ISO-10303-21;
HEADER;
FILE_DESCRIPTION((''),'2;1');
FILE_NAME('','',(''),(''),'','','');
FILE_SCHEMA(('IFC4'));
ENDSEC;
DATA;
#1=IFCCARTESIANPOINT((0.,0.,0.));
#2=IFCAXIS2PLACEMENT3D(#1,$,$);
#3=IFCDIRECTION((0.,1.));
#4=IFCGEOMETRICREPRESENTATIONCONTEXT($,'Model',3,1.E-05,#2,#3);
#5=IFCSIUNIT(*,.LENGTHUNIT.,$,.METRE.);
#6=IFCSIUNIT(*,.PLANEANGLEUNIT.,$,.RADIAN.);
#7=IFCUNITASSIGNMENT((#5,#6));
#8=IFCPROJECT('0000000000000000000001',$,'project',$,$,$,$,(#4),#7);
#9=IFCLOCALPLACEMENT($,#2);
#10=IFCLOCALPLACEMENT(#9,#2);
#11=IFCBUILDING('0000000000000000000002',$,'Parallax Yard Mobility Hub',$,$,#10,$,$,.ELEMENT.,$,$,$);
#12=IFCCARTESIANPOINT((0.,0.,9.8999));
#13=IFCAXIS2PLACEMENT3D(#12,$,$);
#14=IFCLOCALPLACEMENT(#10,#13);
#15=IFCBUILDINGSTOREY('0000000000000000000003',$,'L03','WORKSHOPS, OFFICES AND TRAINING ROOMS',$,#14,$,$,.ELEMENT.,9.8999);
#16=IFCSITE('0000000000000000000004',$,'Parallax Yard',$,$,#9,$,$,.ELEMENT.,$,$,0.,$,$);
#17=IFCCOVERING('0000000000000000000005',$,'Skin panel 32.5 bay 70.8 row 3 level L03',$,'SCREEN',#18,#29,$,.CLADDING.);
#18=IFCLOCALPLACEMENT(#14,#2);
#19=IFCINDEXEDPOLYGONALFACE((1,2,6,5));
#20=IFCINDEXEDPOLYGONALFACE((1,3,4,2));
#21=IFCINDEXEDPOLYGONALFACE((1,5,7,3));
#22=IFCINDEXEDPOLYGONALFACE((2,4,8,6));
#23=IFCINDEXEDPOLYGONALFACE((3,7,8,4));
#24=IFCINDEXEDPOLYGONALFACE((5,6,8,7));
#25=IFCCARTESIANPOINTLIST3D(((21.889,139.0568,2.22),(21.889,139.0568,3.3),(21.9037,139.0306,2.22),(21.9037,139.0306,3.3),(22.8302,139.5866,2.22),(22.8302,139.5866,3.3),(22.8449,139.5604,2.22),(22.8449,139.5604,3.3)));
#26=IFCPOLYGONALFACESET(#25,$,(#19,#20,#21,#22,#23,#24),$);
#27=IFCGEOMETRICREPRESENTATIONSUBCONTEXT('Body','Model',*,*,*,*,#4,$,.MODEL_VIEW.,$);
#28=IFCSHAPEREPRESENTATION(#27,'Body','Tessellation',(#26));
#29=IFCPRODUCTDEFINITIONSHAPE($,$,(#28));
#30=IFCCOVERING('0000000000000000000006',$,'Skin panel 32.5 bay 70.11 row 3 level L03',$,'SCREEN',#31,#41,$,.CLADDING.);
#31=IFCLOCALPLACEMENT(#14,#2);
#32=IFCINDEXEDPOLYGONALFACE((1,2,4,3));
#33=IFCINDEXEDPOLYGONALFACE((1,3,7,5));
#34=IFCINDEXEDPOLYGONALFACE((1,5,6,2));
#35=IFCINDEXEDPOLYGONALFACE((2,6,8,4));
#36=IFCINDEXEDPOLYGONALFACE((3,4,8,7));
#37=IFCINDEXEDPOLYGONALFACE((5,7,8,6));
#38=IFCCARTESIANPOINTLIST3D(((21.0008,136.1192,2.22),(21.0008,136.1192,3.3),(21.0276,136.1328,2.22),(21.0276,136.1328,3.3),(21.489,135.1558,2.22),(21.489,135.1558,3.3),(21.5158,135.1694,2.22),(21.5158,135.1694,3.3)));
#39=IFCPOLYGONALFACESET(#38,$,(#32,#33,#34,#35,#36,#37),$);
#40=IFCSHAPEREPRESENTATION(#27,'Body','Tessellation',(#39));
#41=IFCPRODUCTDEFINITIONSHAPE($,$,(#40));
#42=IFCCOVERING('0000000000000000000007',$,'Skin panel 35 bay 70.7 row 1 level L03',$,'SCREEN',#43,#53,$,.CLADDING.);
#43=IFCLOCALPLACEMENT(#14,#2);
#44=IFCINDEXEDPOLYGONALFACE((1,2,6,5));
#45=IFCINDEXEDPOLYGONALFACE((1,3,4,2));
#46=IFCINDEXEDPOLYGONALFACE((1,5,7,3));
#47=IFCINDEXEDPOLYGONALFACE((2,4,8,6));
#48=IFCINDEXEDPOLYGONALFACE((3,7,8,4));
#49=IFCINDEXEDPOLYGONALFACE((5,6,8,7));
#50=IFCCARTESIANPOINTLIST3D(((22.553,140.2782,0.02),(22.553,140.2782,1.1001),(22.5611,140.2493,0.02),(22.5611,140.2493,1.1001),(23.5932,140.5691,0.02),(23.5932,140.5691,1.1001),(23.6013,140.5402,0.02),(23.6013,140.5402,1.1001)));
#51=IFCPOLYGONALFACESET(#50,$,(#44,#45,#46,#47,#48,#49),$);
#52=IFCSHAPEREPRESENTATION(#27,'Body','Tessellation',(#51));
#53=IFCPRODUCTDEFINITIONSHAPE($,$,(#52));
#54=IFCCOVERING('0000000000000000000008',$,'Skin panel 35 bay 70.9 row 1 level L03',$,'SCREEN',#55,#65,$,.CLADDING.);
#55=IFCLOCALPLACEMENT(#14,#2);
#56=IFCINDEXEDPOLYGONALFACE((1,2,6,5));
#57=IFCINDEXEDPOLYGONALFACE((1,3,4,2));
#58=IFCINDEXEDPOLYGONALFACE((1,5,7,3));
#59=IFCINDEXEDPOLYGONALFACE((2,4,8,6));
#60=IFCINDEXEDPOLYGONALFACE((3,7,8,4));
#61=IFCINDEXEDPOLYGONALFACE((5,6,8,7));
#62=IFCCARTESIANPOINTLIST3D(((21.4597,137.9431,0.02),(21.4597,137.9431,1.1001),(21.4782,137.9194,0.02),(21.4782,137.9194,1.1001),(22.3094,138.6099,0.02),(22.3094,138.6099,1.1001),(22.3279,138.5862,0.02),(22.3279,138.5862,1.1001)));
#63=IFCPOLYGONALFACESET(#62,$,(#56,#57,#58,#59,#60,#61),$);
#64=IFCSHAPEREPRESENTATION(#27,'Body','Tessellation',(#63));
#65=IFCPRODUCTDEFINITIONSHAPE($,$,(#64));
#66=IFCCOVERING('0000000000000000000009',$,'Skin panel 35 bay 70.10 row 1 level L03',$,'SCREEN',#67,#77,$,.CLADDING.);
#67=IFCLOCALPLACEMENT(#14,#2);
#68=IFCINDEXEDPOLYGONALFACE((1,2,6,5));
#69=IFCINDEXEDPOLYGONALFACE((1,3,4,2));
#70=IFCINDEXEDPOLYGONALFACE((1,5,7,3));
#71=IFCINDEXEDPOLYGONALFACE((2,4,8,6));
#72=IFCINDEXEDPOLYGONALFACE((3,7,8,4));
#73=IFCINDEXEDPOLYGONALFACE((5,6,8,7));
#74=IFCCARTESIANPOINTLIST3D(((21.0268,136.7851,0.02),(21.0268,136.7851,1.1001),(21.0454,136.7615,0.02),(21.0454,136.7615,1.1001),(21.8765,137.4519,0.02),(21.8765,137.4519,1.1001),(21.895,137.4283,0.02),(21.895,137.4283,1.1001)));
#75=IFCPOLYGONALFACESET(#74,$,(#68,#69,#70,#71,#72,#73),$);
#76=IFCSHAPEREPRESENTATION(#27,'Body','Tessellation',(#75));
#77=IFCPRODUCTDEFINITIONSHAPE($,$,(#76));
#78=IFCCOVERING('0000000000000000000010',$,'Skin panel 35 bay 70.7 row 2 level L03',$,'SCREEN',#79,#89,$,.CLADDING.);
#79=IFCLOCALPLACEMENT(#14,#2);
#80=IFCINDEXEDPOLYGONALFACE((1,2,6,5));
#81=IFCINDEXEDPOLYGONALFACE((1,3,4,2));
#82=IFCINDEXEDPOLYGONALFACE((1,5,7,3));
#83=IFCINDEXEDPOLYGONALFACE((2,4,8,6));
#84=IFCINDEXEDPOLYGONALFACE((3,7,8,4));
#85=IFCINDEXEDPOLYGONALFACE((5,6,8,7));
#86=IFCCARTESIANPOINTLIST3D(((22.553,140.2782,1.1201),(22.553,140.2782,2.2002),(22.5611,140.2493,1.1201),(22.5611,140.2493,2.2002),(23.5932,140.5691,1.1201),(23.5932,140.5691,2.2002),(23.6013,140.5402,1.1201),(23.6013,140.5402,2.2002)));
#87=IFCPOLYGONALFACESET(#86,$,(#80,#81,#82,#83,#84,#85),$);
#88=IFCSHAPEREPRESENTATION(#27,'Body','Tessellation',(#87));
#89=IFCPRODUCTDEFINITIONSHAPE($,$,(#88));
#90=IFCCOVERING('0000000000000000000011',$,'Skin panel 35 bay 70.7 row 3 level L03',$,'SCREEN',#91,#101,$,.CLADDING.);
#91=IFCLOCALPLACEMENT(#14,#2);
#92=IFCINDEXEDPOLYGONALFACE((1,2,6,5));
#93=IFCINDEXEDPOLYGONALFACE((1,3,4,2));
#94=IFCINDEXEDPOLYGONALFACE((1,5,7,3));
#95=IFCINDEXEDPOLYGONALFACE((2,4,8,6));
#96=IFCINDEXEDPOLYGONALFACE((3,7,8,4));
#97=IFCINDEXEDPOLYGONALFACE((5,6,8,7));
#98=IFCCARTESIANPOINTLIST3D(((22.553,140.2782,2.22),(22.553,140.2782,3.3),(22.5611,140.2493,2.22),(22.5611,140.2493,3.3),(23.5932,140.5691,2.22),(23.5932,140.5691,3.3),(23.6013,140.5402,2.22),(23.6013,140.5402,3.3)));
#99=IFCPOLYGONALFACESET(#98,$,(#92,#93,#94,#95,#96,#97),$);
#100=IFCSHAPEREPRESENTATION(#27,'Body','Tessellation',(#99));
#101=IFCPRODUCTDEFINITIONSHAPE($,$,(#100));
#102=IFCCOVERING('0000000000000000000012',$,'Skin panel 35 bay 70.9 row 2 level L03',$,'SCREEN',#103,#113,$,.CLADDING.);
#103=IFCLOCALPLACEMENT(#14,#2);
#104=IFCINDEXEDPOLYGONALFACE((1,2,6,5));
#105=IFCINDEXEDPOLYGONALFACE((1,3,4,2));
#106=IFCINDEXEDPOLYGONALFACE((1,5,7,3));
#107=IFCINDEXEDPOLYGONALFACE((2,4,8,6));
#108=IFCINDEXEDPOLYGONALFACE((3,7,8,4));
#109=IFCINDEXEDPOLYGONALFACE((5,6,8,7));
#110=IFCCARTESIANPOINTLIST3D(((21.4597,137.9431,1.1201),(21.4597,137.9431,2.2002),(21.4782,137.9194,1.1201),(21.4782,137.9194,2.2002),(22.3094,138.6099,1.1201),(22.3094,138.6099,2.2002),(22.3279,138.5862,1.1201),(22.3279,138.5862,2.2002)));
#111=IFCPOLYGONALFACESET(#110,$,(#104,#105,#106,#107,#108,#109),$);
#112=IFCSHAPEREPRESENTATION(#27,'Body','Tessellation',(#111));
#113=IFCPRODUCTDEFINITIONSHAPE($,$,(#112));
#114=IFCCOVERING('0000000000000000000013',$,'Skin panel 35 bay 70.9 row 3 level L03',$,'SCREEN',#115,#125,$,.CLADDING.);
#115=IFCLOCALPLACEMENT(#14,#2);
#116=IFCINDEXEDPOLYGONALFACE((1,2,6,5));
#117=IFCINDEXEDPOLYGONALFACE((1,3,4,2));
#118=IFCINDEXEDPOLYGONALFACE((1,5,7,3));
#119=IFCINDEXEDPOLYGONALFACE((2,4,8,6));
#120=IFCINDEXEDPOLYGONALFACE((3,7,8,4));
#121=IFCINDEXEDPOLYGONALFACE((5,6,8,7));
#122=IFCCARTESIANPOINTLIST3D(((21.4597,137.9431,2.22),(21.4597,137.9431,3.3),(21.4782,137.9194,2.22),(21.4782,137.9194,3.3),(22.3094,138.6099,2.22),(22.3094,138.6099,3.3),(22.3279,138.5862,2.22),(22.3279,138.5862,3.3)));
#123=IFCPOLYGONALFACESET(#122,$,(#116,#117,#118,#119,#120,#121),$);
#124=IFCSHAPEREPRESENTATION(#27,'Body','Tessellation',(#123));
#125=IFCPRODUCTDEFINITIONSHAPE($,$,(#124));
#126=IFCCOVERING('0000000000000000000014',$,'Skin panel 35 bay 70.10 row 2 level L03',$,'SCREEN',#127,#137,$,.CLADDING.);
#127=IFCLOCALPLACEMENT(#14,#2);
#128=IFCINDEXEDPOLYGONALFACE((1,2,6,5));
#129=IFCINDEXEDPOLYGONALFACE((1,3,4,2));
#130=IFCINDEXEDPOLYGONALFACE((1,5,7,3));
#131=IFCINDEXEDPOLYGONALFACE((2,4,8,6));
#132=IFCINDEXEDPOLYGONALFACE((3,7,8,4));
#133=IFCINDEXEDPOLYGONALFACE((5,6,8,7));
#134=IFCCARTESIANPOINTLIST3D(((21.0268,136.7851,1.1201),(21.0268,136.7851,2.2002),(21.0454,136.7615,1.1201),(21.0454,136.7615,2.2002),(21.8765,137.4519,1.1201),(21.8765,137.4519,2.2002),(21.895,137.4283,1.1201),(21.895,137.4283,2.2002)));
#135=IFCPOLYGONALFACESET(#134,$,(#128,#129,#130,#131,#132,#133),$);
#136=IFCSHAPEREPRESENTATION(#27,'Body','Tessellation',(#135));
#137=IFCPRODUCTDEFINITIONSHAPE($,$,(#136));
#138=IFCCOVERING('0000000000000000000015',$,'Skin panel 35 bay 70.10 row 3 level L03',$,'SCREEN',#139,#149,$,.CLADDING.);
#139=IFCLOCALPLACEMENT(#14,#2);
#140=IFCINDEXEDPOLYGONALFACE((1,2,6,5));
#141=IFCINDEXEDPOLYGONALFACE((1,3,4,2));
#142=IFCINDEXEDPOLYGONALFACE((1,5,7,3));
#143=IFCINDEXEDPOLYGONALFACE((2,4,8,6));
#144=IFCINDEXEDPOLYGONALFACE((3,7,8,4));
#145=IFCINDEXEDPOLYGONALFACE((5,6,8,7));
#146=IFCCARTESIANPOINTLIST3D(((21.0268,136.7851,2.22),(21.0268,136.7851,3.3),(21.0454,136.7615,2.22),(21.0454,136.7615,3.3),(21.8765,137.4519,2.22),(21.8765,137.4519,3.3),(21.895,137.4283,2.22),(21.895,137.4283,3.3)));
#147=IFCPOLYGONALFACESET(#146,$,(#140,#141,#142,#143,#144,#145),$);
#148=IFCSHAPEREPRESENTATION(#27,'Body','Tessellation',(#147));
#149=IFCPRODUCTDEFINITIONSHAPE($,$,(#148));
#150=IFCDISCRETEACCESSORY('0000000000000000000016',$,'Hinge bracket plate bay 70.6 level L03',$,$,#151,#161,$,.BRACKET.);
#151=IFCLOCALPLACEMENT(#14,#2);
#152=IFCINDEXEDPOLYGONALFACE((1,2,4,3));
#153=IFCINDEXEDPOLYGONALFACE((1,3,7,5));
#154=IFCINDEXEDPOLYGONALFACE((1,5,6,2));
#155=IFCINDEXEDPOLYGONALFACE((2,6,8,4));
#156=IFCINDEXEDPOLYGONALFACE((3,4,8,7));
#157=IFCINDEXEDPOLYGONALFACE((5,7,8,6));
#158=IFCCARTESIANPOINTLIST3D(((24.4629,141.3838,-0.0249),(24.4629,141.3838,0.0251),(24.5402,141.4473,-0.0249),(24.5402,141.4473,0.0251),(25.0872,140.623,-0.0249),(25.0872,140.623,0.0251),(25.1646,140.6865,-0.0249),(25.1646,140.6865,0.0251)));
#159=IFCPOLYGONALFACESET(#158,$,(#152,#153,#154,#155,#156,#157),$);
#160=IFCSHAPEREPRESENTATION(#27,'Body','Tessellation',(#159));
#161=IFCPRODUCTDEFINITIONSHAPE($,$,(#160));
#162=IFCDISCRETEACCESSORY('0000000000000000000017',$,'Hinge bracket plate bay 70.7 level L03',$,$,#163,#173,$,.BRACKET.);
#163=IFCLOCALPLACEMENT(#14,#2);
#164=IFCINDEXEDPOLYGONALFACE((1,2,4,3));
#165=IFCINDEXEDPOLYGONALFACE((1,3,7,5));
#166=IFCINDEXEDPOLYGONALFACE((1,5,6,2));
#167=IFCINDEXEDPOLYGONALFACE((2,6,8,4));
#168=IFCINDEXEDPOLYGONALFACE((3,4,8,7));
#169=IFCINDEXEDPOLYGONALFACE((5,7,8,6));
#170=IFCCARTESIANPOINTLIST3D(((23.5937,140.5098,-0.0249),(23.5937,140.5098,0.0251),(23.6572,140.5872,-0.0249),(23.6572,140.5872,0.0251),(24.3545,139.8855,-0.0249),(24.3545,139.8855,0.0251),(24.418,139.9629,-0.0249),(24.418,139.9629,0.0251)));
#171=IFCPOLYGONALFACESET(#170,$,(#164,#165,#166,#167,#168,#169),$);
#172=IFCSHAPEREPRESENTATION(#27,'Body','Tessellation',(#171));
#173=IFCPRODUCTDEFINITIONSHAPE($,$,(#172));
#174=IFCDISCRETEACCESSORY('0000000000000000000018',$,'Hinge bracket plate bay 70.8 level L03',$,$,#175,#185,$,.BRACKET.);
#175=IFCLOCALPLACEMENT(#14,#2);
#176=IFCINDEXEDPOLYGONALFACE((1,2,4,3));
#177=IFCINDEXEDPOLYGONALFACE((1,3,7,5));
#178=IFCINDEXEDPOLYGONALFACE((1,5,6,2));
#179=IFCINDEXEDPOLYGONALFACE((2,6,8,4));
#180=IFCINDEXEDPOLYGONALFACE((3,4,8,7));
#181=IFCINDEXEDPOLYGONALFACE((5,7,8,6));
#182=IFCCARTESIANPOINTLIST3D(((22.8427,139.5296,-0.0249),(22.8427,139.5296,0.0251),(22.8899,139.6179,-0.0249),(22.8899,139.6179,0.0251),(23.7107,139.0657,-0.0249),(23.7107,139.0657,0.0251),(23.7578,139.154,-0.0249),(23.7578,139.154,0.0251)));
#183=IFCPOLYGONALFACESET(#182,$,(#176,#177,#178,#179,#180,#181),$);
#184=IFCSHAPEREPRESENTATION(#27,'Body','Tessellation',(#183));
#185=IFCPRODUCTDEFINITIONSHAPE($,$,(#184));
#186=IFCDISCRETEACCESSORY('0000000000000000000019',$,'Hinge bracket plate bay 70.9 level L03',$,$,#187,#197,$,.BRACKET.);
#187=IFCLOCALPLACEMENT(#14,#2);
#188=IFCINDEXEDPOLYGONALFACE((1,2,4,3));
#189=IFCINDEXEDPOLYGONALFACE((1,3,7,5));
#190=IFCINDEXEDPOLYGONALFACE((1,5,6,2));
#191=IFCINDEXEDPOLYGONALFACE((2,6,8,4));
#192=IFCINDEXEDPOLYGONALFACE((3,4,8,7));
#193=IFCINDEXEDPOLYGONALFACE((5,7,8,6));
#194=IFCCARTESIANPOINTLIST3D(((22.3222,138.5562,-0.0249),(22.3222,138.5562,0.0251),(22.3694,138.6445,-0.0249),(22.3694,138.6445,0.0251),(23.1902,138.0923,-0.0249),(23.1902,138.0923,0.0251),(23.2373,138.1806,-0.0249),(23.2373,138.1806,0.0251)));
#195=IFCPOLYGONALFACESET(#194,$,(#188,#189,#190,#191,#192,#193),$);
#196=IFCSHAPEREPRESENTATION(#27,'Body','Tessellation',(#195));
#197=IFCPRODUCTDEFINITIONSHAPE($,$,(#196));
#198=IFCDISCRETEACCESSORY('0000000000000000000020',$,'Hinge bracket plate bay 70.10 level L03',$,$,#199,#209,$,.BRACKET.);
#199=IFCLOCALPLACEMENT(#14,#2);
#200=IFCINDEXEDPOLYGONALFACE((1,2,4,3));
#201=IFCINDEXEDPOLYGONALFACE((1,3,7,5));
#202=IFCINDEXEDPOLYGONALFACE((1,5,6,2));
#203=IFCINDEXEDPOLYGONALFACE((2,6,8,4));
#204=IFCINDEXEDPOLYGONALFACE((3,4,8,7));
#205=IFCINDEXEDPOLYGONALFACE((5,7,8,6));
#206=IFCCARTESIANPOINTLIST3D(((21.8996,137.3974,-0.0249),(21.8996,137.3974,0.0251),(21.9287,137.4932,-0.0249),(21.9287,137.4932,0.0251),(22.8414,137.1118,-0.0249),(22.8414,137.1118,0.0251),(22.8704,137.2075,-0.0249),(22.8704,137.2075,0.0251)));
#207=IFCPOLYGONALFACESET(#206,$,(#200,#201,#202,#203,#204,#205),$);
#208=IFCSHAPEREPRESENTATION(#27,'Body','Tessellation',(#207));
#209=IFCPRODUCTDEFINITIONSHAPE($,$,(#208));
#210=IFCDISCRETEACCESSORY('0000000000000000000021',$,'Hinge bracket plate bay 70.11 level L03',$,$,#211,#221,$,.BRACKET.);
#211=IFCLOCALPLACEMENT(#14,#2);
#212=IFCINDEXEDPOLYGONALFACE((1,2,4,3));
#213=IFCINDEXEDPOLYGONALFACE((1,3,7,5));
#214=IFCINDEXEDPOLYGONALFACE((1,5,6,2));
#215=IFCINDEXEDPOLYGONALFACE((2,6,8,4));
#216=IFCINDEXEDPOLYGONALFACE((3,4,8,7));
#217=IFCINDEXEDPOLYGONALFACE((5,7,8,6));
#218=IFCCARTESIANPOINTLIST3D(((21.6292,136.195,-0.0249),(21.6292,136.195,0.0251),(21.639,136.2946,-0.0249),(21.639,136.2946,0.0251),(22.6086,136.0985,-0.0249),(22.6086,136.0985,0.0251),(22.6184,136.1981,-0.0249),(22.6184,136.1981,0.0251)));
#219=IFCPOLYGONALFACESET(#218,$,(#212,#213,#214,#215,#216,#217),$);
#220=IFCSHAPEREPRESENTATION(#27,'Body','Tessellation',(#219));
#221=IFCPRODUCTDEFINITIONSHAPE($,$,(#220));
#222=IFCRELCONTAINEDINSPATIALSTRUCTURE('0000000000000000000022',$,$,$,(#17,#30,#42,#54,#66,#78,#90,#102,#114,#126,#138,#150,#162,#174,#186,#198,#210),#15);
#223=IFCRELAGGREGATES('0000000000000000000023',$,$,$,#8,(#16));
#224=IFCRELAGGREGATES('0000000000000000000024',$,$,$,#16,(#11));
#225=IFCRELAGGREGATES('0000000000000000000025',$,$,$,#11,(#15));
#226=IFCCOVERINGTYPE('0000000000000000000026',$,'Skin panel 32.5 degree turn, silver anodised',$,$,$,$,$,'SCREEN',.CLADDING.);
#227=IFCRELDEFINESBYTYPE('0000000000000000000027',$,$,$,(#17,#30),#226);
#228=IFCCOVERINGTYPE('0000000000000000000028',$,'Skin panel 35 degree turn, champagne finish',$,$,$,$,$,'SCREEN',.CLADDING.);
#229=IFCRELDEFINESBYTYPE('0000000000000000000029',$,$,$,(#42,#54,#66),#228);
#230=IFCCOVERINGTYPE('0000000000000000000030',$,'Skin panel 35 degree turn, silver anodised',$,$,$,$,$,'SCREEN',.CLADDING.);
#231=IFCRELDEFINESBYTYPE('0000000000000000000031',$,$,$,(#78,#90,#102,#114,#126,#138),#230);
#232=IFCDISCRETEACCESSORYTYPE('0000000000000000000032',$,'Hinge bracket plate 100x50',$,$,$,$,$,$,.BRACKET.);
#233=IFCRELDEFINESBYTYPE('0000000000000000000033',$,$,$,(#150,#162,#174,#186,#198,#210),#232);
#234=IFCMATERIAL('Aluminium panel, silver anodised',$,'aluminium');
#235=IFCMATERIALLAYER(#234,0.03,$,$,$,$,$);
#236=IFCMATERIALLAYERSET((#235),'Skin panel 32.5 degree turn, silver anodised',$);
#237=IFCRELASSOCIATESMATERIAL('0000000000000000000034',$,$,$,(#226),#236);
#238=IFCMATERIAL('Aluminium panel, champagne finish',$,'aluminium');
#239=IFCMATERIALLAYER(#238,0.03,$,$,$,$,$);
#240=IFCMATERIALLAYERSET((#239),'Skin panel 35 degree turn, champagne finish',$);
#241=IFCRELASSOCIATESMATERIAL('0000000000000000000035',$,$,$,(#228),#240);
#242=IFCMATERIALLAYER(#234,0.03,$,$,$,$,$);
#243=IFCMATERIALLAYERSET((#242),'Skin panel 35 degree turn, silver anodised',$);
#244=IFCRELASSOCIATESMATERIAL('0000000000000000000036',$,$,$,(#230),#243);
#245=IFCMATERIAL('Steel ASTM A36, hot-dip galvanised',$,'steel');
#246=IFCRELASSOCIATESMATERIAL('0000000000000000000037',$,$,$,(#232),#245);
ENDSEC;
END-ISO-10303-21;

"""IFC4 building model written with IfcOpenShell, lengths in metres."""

from ifc_helpers import new_model, si_unit, direction, frame, origin, origin_2d, place, context, subcontext, project, spatial, rectangle, extrude, material, layer, layer_set, type_object, element, save


model = new_model("IFC4")

# Units and contexts
model_context = context("Model", 3, precision=1e-05, world=origin(), true_north=direction((0.0, 1.0)))
body_context = subcontext(model_context, "Body", "Model", "MODEL_VIEW")
ifc_project = project(units=[si_unit("LENGTHUNIT", "METRE"), si_unit("PLANEANGLEUNIT", "RADIAN")], contexts=[model_context])

# Site, building, storey
site_placement = place(None, origin())
site = spatial("IfcSite", under=ifc_project, at=site_placement, Name="Parallax Yard", CompositionType="ELEMENT", RefElevation=0.0)
building_placement = place(site_placement, origin())
building = spatial("IfcBuilding", under=site, at=building_placement, Name="Parallax Yard Mobility Hub", CompositionType="ELEMENT")
storey_placement = place(building_placement, frame((0.0, 0.0, 9.8999)))
storey = spatial("IfcBuildingStorey", under=building, at=storey_placement, Name="L03", Description="WORKSHOPS, OFFICES AND TRAINING ROOMS", CompositionType="ELEMENT", Elevation=9.8999)

# Coverings
ifc_material_1 = material(Name="Aluminium panel, champagne finish", Category="aluminium")
ifc_material_2 = material(Name="Aluminium panel, silver anodised", Category="aluminium")
ifc_layer_1 = layer(ifc_material_2, 0.03)
ifc_layer_set_1 = layer_set([ifc_layer_1], Name="Skin panel 32.5 degree turn, silver anodised")
covering_type_1 = type_object("IfcCoveringType", Name="Skin panel 32.5 degree turn, silver anodised", ElementType="SCREEN", PredefinedType="CLADDING", material=ifc_layer_set_1)
for number, where, z_axis, x_axis, name in (
    (1, (22.3669, 139.3086, 2.22), (0.0, 0.0, 1.0), (-0.871428, -0.490524, 0.0), "Skin panel 32.5 bay 70.8 row 3 level L03"),
    (2, (21.2583, 135.6443, 2.22), (0.0, 0.0, 1.0), (-0.452046, 0.891995, 0.0), "Skin panel 32.5 bay 70.11 row 3 level L03"),
):
    element("IfcCovering", number, at=place(storey_placement, frame(where, z_axis=z_axis, x_axis=x_axis)), inside=storey, type_object=covering_type_1, Name=name, ObjectType="SCREEN", PredefinedType="CLADDING", context=body_context, shape_type="SweptSolid", body=[
        extrude(rectangle(XDim=1.0801, YDim=0.03, at=origin_2d()), origin(), (0.0, 0.0, 1.0), 1.0801),
    ])
ifc_layer_2 = layer(ifc_material_1, 0.03)
ifc_layer_set_2 = layer_set([ifc_layer_2], Name="Skin panel 35 degree turn, champagne finish")
covering_type_2 = type_object("IfcCoveringType", Name="Skin panel 35 degree turn, champagne finish", ElementType="SCREEN", PredefinedType="CLADDING", material=ifc_layer_set_2)
for number, where, z_axis, x_axis, name in (
    (3, (23.0771, 140.4092, 0.02), (0.0, 0.0, 1.0), (-0.963045, -0.26934, 0.0), "Skin panel 35 bay 70.7 row 1 level L03"),
    (4, (21.8938, 138.2646, 0.02), (0.0, 0.0, 1.0), (-0.786666, -0.617379, 0.0), "Skin panel 35 bay 70.9 row 1 level L03"),
    (5, (21.4609, 137.1067, 0.02), (0.0, 0.0, 1.0), (-0.786666, -0.617379, 0.0), "Skin panel 35 bay 70.10 row 1 level L03"),
):
    element("IfcCovering", number, at=place(storey_placement, frame(where, z_axis=z_axis, x_axis=x_axis)), inside=storey, type_object=covering_type_2, Name=name, ObjectType="SCREEN", PredefinedType="CLADDING", context=body_context, shape_type="SweptSolid", body=[
        extrude(rectangle(XDim=1.0801, YDim=0.03, at=origin_2d()), origin(), (0.0, 0.0, 1.0), 1.0801),
    ])
ifc_layer_3 = layer(ifc_material_2, 0.03)
ifc_layer_set_3 = layer_set([ifc_layer_3], Name="Skin panel 35 degree turn, silver anodised")
covering_type_3 = type_object("IfcCoveringType", Name="Skin panel 35 degree turn, silver anodised", ElementType="SCREEN", PredefinedType="CLADDING", material=ifc_layer_set_3)
for number, where, z_axis, x_axis, name in (
    (6, (23.0771, 140.4092, 1.1201), (0.0, 0.0, 1.0), (-0.963045, -0.26934, 0.0), "Skin panel 35 bay 70.7 row 2 level L03"),
    (7, (23.0771, 140.4092, 2.22), (0.0, 0.0, 1.0), (-0.963045, -0.26934, 0.0), "Skin panel 35 bay 70.7 row 3 level L03"),
    (8, (21.8938, 138.2646, 1.1201), (0.0, 0.0, 1.0), (-0.786666, -0.617379, 0.0), "Skin panel 35 bay 70.9 row 2 level L03"),
    (9, (21.8938, 138.2646, 2.22), (0.0, 0.0, 1.0), (-0.786666, -0.617379, 0.0), "Skin panel 35 bay 70.9 row 3 level L03"),
    (10, (21.4609, 137.1067, 1.1201), (0.0, 0.0, 1.0), (-0.786666, -0.617379, 0.0), "Skin panel 35 bay 70.10 row 2 level L03"),
    (11, (21.4609, 137.1067, 2.22), (0.0, 0.0, 1.0), (-0.786666, -0.617379, 0.0), "Skin panel 35 bay 70.10 row 3 level L03"),
):
    element("IfcCovering", number, at=place(storey_placement, frame(where, z_axis=z_axis, x_axis=x_axis)), inside=storey, type_object=covering_type_3, Name=name, ObjectType="SCREEN", PredefinedType="CLADDING", context=body_context, shape_type="SweptSolid", body=[
        extrude(rectangle(XDim=1.0801, YDim=0.03, at=origin_2d()), origin(), (0.0, 0.0, 1.0), 1.0801),
    ])

# Discrete accessories
ifc_material_3 = material(Name="Steel ASTM A36, hot-dip galvanised", Category="steel")
discrete_accessory_type_1 = type_object("IfcDiscreteAccessoryType", Name="Hinge bracket plate 100x50", PredefinedType="BRACKET", material=ifc_material_3)
for number, where, z_axis, x_axis, name in (
    (12, (24.8137, 141.0352, -0.0249), (0.0, 0.0, 1.0), (-0.634393, 0.77301, 0.0), "Hinge bracket plate bay 70.6 level L03"),
    (13, (24.0059, 140.2363, -0.0249), (0.0, 0.0, 1.0), (-0.77301, 0.634393, 0.0), "Hinge bracket plate bay 70.7 level L03"),
    (14, (23.3003, 139.3418, -0.0249), (0.0, 0.0, 1.0), (-0.881921, 0.471397, 0.0), "Hinge bracket plate bay 70.8 level L03"),
    (15, (22.7798, 138.3684, -0.0249), (0.0, 0.0, 1.0), (-0.881921, 0.471397, 0.0), "Hinge bracket plate bay 70.9 level L03"),
    (16, (22.385, 137.3025, -0.0249), (0.0, 0.0, 1.0), (-0.95694, 0.290285, 0.0), "Hinge bracket plate bay 70.10 level L03"),
    (17, (22.1238, 136.1965, -0.0249), (0.0, 0.0, 1.0), (-0.995185, 0.098017, 0.0), "Hinge bracket plate bay 70.11 level L03"),
):
    element("IfcDiscreteAccessory", number, at=place(storey_placement, frame(where, z_axis=z_axis, x_axis=x_axis)), inside=storey, type_object=discrete_accessory_type_1, Name=name, PredefinedType="BRACKET", context=body_context, shape_type="SweptSolid", body=[
        extrude(rectangle(XDim=0.9841, YDim=0.1001, at=origin_2d()), origin(), (0.0, 0.0, 1.0), 0.05),
    ])

save(model, "model.ifc")
